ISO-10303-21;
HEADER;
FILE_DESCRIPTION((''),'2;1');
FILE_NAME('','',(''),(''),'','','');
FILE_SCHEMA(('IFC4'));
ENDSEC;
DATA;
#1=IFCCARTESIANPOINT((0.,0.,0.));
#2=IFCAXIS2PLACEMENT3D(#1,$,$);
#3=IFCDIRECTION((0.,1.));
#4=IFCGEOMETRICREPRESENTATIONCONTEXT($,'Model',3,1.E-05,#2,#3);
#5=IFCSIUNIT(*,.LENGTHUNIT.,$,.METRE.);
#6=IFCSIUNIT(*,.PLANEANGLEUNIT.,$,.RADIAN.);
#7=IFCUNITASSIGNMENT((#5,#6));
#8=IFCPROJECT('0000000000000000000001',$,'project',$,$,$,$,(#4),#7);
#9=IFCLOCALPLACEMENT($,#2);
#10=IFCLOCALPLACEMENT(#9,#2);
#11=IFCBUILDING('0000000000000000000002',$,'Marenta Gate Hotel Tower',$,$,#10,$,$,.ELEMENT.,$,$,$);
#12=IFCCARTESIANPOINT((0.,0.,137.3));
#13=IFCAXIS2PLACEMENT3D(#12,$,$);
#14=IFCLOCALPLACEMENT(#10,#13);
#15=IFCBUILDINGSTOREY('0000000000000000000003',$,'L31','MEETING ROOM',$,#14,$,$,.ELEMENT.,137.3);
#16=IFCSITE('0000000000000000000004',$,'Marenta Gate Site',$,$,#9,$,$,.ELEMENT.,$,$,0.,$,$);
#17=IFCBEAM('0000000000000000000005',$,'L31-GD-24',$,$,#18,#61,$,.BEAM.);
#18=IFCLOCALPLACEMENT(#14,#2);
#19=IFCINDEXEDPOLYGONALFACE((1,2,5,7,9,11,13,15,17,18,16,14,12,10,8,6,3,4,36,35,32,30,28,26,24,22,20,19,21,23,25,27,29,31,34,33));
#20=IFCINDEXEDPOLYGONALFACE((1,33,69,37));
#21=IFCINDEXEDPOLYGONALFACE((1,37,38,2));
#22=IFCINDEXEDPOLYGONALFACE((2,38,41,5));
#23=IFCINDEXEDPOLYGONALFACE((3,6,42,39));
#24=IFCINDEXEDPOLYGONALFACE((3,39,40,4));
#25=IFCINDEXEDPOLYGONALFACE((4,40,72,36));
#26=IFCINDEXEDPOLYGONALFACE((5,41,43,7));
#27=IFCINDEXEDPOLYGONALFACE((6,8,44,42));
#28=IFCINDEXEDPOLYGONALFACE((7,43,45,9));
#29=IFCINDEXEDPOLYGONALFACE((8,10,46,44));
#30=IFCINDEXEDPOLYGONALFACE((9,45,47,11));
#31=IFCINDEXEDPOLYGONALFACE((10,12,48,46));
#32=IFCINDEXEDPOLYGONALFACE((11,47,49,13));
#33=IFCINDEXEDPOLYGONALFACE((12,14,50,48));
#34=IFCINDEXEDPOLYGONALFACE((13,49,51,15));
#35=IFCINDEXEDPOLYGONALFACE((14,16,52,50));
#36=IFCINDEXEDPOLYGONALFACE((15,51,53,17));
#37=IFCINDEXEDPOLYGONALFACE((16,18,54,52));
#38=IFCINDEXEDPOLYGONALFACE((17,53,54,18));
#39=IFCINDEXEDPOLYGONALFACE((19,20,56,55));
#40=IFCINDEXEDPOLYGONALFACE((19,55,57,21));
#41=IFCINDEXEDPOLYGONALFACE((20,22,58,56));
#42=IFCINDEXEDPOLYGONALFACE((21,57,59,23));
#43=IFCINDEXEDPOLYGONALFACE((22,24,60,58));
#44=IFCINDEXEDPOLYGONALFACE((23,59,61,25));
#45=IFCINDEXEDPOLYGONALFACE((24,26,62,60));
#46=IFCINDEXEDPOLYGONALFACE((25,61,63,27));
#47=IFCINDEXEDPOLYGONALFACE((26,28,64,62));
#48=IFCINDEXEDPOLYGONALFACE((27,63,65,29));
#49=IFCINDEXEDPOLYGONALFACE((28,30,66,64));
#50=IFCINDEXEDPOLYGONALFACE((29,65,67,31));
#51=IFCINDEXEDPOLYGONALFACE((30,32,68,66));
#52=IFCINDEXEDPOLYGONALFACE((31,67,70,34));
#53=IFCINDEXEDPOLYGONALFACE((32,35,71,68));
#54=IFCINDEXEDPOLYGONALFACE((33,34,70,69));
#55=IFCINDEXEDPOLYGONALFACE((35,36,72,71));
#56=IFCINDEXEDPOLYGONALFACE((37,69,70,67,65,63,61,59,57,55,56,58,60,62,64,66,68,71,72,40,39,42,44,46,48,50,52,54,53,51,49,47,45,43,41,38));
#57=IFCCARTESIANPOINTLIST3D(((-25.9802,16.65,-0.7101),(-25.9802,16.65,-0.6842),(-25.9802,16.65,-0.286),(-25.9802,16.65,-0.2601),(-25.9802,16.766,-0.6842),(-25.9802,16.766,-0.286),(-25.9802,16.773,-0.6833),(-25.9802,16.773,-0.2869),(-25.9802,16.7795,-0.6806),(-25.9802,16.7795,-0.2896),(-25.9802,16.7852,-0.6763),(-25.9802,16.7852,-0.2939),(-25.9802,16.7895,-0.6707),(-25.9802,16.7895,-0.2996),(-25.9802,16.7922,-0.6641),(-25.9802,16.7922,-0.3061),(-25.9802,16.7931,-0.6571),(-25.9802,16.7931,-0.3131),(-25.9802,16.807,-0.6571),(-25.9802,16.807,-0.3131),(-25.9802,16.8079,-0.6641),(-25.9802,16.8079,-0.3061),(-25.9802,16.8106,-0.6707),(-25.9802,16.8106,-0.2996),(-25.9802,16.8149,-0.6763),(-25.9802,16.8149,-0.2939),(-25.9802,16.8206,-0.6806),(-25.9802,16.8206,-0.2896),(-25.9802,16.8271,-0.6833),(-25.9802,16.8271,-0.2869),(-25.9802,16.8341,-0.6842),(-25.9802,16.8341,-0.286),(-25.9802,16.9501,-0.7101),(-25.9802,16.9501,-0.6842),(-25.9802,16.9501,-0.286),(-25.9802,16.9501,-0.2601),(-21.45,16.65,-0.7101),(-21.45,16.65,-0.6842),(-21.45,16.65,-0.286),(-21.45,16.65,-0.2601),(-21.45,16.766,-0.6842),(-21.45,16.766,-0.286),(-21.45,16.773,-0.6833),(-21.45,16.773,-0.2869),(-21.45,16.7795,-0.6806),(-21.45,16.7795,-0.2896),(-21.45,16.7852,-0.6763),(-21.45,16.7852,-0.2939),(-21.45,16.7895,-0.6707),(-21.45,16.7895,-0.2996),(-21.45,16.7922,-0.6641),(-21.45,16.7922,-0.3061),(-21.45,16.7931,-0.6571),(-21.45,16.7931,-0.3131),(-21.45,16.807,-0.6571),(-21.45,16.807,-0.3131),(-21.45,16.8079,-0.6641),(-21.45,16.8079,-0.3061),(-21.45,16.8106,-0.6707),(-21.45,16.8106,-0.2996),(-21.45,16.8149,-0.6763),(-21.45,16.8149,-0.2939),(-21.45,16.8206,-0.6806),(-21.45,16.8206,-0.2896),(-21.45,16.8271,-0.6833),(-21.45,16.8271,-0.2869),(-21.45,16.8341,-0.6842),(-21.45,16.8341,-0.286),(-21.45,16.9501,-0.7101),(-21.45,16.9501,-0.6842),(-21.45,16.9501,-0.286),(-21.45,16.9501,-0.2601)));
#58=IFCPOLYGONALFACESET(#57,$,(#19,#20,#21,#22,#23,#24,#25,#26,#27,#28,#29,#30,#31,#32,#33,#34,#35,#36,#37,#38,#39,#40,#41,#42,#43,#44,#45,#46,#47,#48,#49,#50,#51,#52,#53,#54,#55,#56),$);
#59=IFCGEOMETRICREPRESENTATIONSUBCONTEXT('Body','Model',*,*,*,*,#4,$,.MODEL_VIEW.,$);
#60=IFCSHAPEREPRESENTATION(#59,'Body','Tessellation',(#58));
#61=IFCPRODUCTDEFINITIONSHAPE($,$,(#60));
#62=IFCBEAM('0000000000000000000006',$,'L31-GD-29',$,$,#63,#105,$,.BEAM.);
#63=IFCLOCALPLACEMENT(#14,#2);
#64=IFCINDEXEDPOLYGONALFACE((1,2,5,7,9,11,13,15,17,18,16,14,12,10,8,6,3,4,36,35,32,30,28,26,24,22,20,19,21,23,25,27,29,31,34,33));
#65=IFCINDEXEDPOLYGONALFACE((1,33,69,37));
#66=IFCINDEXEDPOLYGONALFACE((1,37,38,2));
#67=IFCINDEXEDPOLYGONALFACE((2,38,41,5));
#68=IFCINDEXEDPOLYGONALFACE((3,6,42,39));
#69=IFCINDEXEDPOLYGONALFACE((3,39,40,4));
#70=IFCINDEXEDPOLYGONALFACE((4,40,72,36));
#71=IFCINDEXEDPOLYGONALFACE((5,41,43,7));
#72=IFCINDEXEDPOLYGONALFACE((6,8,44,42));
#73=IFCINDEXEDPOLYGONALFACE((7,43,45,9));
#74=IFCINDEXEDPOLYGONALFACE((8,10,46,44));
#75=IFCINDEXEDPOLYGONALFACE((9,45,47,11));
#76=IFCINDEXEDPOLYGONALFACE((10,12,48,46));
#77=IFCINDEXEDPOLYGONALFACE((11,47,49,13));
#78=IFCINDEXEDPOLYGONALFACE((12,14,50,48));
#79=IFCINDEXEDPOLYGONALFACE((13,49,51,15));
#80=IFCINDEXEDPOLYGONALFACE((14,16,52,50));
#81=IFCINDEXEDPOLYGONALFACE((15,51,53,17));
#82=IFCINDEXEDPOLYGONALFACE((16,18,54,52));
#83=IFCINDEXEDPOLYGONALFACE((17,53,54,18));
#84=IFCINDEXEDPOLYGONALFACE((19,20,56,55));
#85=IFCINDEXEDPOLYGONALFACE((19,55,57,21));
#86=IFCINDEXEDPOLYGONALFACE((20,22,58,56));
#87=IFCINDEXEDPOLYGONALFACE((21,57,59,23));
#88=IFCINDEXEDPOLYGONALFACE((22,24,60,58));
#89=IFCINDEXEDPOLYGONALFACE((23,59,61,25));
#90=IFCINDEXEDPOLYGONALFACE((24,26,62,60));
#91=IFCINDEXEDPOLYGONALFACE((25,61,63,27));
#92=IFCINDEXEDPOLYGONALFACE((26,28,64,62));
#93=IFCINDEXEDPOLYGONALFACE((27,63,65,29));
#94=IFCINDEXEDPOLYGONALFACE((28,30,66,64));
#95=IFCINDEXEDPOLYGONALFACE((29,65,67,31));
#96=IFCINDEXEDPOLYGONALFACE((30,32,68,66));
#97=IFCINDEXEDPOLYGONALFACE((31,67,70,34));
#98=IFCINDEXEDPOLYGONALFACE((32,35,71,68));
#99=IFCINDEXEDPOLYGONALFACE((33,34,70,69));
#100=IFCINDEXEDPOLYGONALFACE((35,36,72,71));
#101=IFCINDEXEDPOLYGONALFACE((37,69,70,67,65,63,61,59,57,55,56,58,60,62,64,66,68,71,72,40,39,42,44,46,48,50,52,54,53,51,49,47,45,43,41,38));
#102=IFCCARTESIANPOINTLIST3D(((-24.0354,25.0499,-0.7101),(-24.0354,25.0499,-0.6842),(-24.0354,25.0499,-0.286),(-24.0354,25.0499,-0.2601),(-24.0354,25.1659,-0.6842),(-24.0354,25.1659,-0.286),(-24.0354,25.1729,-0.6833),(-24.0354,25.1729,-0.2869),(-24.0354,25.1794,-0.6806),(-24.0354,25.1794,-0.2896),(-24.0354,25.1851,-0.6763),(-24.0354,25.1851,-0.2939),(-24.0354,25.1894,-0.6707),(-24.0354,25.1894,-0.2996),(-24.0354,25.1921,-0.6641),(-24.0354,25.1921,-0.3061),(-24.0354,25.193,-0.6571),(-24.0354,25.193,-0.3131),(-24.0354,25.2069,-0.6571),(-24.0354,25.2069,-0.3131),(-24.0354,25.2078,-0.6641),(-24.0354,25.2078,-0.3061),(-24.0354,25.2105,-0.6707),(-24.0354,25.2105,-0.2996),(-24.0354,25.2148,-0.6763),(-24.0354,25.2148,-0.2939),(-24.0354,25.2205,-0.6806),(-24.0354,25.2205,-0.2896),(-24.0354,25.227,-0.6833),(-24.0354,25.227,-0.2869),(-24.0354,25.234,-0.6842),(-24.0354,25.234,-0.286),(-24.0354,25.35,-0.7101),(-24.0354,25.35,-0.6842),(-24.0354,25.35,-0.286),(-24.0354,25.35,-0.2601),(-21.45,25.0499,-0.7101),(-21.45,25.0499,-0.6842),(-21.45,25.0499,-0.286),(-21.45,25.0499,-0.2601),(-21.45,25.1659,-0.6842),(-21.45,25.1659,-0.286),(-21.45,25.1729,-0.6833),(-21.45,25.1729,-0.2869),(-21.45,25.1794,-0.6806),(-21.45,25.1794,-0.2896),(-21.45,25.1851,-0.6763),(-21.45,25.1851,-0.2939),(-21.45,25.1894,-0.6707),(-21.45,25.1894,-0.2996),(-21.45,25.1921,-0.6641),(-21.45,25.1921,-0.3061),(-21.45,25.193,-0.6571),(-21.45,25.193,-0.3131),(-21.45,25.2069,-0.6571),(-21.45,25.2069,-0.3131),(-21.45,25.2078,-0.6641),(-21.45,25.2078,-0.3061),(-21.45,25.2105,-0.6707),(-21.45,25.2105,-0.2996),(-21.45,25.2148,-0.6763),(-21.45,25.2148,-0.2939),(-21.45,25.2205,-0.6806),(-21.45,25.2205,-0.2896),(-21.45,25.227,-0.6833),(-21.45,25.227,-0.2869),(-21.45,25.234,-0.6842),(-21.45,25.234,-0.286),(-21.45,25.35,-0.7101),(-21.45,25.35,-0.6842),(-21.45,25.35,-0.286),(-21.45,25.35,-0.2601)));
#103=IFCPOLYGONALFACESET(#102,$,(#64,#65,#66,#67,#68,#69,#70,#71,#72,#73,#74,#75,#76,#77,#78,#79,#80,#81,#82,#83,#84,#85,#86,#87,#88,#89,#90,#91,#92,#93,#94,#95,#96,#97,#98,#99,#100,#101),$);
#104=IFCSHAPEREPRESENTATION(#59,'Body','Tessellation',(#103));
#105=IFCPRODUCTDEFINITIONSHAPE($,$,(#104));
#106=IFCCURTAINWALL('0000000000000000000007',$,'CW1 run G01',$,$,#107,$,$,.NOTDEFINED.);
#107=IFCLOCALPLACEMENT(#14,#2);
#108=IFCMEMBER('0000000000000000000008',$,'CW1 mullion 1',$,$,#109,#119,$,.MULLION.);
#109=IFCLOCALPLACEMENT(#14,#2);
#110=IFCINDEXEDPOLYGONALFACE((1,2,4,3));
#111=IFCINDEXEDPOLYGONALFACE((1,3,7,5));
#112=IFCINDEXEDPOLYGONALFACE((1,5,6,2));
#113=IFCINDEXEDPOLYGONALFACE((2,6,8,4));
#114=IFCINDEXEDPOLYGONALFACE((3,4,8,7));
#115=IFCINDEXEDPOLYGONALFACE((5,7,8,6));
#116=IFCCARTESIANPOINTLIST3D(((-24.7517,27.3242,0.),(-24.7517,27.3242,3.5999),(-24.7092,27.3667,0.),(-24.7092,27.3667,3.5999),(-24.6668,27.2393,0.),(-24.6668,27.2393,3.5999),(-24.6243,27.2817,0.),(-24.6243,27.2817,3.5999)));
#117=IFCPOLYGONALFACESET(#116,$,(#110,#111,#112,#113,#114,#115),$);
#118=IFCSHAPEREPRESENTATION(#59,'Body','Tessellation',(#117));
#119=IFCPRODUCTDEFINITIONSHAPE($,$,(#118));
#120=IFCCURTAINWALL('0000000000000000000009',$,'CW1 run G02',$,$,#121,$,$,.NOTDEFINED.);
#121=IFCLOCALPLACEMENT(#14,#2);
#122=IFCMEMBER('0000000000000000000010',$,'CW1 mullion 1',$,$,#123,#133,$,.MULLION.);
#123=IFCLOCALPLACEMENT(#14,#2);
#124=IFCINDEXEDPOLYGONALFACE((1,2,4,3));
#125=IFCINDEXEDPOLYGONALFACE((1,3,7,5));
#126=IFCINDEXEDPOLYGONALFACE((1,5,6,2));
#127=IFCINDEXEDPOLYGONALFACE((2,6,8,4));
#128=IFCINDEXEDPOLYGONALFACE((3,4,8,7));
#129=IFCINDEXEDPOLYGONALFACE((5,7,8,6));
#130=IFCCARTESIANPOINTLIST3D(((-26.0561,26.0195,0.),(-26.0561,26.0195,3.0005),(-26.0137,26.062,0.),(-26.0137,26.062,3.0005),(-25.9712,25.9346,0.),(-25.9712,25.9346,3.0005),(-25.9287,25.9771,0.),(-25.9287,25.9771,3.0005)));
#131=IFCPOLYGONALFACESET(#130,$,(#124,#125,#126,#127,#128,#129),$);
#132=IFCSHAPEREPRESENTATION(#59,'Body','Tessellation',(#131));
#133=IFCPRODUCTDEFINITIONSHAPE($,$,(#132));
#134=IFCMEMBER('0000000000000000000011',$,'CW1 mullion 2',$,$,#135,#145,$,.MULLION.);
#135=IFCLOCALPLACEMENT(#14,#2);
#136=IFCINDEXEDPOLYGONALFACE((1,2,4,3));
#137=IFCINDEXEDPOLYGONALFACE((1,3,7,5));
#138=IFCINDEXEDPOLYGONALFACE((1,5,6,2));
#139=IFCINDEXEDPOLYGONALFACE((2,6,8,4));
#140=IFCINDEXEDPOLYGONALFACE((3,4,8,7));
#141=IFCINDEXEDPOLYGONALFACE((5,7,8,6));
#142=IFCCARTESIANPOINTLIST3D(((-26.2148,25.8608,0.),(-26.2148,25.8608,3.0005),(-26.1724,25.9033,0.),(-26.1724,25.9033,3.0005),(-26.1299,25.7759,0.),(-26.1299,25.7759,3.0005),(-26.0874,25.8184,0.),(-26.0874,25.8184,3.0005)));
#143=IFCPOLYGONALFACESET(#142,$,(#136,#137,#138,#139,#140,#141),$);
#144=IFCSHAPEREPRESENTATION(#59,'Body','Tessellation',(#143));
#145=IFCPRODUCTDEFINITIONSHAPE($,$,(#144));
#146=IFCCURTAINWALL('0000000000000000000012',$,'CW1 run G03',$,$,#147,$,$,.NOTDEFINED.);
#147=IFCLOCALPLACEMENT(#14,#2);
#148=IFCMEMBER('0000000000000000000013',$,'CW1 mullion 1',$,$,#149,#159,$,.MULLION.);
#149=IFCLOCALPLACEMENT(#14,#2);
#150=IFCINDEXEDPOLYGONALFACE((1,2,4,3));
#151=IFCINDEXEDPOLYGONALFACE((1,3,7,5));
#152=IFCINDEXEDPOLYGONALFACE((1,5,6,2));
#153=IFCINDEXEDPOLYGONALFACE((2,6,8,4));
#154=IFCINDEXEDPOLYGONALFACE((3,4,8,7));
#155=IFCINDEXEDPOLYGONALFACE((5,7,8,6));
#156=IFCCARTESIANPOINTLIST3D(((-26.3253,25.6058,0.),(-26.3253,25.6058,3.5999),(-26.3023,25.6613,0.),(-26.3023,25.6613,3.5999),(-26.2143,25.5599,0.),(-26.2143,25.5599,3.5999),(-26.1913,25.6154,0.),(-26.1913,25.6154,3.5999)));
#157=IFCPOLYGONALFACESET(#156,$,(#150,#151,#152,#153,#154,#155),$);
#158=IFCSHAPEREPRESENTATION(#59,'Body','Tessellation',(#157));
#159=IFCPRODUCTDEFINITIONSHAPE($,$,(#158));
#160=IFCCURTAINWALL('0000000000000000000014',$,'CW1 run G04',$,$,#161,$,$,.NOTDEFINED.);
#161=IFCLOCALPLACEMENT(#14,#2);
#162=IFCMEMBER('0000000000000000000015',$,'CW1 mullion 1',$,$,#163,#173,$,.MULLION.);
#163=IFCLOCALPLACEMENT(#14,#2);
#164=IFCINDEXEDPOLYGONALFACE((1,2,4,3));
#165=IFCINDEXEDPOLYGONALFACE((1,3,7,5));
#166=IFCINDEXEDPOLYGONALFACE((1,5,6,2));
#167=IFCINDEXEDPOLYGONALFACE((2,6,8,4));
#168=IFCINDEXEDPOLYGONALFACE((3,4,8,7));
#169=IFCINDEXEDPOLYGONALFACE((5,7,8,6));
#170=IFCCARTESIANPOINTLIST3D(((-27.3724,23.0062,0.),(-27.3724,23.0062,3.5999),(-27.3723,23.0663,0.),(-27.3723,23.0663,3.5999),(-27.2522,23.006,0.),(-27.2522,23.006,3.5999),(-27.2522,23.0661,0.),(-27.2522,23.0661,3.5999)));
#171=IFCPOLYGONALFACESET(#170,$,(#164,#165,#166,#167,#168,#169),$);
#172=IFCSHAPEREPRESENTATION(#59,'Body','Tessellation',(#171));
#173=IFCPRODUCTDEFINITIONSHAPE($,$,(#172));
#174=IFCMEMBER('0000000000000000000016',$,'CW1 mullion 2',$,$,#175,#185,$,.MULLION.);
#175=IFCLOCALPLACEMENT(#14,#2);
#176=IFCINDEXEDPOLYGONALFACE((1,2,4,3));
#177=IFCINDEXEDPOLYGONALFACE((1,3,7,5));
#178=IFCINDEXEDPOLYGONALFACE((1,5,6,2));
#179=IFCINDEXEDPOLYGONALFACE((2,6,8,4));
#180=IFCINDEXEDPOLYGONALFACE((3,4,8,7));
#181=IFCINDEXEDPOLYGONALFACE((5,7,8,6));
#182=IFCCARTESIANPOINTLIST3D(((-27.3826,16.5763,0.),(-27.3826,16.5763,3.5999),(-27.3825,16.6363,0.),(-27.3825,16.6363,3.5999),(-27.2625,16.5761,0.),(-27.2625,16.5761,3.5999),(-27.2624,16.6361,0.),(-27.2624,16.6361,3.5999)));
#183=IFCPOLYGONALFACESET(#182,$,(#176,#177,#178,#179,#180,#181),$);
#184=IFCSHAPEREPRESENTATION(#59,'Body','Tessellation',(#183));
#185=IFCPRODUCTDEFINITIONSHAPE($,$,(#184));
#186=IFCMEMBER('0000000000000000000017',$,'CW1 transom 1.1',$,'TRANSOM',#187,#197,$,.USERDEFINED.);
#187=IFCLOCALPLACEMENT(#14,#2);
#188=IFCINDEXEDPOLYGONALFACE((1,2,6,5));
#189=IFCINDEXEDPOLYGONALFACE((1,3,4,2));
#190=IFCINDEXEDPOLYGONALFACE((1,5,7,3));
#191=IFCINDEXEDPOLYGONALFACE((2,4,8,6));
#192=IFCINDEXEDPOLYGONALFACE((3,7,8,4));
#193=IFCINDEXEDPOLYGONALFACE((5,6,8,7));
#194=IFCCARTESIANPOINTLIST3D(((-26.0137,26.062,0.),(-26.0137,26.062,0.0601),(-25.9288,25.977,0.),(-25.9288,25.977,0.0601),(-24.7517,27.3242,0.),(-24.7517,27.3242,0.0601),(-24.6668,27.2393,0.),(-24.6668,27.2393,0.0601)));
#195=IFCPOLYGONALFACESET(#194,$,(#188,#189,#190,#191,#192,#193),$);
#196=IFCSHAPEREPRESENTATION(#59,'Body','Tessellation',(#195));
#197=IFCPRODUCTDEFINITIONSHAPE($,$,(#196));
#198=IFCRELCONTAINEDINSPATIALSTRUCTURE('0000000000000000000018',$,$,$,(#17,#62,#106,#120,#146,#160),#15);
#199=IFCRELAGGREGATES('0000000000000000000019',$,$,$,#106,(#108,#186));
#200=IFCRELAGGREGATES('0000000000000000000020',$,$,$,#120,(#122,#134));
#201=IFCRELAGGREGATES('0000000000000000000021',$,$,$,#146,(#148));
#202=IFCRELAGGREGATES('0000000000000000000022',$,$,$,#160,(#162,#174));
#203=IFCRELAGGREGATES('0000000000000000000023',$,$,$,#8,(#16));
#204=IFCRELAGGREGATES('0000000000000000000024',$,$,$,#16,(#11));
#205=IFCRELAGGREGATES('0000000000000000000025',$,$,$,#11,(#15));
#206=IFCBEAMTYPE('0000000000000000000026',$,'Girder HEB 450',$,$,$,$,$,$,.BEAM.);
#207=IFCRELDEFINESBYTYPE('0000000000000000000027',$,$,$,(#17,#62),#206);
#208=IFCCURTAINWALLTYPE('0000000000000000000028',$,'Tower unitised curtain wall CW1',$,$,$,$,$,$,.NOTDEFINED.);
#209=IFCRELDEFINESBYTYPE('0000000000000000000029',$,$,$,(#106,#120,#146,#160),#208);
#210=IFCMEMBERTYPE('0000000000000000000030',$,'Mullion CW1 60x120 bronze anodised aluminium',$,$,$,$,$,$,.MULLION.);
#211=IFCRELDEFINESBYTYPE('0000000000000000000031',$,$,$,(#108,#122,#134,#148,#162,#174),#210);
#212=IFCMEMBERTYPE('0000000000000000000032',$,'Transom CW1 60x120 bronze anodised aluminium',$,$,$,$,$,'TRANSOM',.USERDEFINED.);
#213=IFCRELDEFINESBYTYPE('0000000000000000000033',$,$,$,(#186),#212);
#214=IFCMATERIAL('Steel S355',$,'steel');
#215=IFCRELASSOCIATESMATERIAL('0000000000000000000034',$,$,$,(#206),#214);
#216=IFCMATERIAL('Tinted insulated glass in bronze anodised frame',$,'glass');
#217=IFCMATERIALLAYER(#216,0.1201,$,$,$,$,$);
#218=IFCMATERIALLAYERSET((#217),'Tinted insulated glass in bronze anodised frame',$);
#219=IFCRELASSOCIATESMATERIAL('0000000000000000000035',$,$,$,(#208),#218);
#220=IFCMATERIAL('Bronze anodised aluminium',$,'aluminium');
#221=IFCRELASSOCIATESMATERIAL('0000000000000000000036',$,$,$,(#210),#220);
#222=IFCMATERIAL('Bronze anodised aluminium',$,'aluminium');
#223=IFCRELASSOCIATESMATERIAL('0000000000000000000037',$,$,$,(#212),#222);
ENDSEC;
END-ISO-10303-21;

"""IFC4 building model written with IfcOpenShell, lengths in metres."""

from ifc_helpers import new_model, si_unit, direction, frame, origin, origin_2d, place, context, subcontext, project, spatial, rectangle, i_section, extrude, material, layer, layer_set, material_profile, profile_set, type_object, element, aggregate, save


model = new_model("IFC4")

# Units and contexts
model_context = context("Model", 3, precision=1e-05, world=origin(), true_north=direction((0.0, 1.0)))
body_context = subcontext(model_context, "Body", "Model", "MODEL_VIEW")
ifc_project = project(units=[si_unit("LENGTHUNIT", "METRE"), si_unit("PLANEANGLEUNIT", "RADIAN")], contexts=[model_context])

# Site, building, storey
site_placement = place(None, origin())
site = spatial("IfcSite", under=ifc_project, at=site_placement, Name="Marenta Gate Site", CompositionType="ELEMENT", RefElevation=0.0)
building_placement = place(site_placement, origin())
building = spatial("IfcBuilding", under=site, at=building_placement, Name="Marenta Gate Hotel Tower", CompositionType="ELEMENT")
storey_placement = place(building_placement, frame((0.0, 0.0, 137.3)))
storey = spatial("IfcBuildingStorey", under=building, at=storey_placement, Name="L31", Description="MEETING ROOM", CompositionType="ELEMENT", Elevation=137.3)

# Beams
ifc_material_1 = material(Name="Steel S355", Category="steel")
ifc_material_profile_1 = material_profile(ifc_material_1, i_section(OverallWidth=0.3, OverallDepth=0.45, WebThickness=0.0139, FlangeThickness=0.0259, FilletRadius=0.0271, at=origin_2d()), Name="HEB 450")
ifc_profile_set_1 = profile_set([ifc_material_profile_1], Name="Steel S355")
beam_type_1 = type_object("IfcBeamType", Name="Girder HEB 450", PredefinedType="BEAM", material=ifc_profile_set_1)
beam_1_placement = place(storey_placement, frame((-25.9802, 16.8, -0.4851), z_axis=(1.0, 0.0, 0.0), x_axis=(0.0, 1.0, 0.0)))
element("IfcBeam", 1, at=beam_1_placement, inside=storey, type_object=beam_type_1, Name="L31-GD-24", PredefinedType="BEAM", context=body_context, shape_type="SweptSolid", body=[
    extrude(i_section(OverallWidth=0.3, OverallDepth=0.45, WebThickness=0.0139, FlangeThickness=0.0259, FilletRadius=0.0271, at=origin_2d()), origin(), (0.0, 0.0, 1.0), 4.5303),
])
beam_2_placement = place(storey_placement, frame((-24.0354, 25.2, -0.4851), z_axis=(1.0, 0.0, 0.0), x_axis=(0.0, 1.0, 0.0)))
element("IfcBeam", 2, at=beam_2_placement, inside=storey, type_object=beam_type_1, Name="L31-GD-29", PredefinedType="BEAM", context=body_context, shape_type="SweptSolid", body=[
    extrude(i_section(OverallWidth=0.3, OverallDepth=0.45, WebThickness=0.0139, FlangeThickness=0.0259, FilletRadius=0.0271, at=origin_2d()), origin(), (0.0, 0.0, 1.0), 2.5854),
])

# Curtain wall, member
ifc_material_2 = material(Name="Tinted insulated glass in bronze anodised frame", Category="glass")
ifc_layer_1 = layer(ifc_material_2, 0.1201)
ifc_layer_set_1 = layer_set([ifc_layer_1], Name="Tinted insulated glass in bronze anodised frame")
curtain_wall_type = type_object("IfcCurtainWallType", Name="Tower unitised curtain wall CW1", PredefinedType="NOTDEFINED", material=ifc_layer_set_1)
curtain_wall_1_placement = place(storey_placement, origin())
curtain_wall_1 = element("IfcCurtainWall", 3, at=curtain_wall_1_placement, inside=storey, type_object=curtain_wall_type, Name="CW1 run G01", PredefinedType="NOTDEFINED")
ifc_material_3 = material(Name="Bronze anodised aluminium", Category="aluminium")
ifc_material_profile_2 = material_profile(ifc_material_3, rectangle(XDim=0.1201, YDim=0.0601, at=origin_2d()), Name="Mullion CW1 60x120 bronze anodised aluminium")
ifc_profile_set_2 = profile_set([ifc_material_profile_2], Name="Bronze anodised aluminium")
member_type_1 = type_object("IfcMemberType", Name="Mullion CW1 60x120 bronze anodised aluminium", PredefinedType="MULLION", material=ifc_profile_set_2)
member_1_placement = place(storey_placement, frame((-24.688, 27.303, 0.0), z_axis=(0.0, 0.0, 1.0), x_axis=(0.707107, -0.707107, 0.0)))
member_1 = element("IfcMember", 4, at=member_1_placement, type_object=member_type_1, Name="CW1 mullion 1", PredefinedType="MULLION", context=body_context, shape_type="SweptSolid", body=[
    extrude(rectangle(XDim=0.1201, YDim=0.0601, at=origin_2d()), origin(), (0.0, 0.0, 1.0), 3.5999),
])

# Curtain wall, members
curtain_wall_2_placement = place(storey_placement, origin())
curtain_wall_2 = element("IfcCurtainWall", 5, at=curtain_wall_2_placement, inside=storey, type_object=curtain_wall_type, Name="CW1 run G02", PredefinedType="NOTDEFINED")
member_2_placement = place(storey_placement, frame((-25.9924, 25.9983, 0.0), z_axis=(0.0, 0.0, 1.0), x_axis=(0.707107, -0.707107, 0.0)))
member_2 = element("IfcMember", 6, at=member_2_placement, type_object=member_type_1, Name="CW1 mullion 1", PredefinedType="MULLION", context=body_context, shape_type="SweptSolid", body=[
    extrude(rectangle(XDim=0.1201, YDim=0.0601, at=origin_2d()), origin(), (0.0, 0.0, 1.0), 3.0005),
])
member_3_placement = place(storey_placement, frame((-26.1511, 25.8396, 0.0), z_axis=(0.0, 0.0, 1.0), x_axis=(0.707107, -0.707107, 0.0)))
member_3 = element("IfcMember", 7, at=member_3_placement, type_object=member_type_1, Name="CW1 mullion 2", PredefinedType="MULLION", context=body_context, shape_type="SweptSolid", body=[
    extrude(rectangle(XDim=0.1201, YDim=0.0601, at=origin_2d()), origin(), (0.0, 0.0, 1.0), 3.0005),
])

# Curtain wall, member
curtain_wall_3_placement = place(storey_placement, origin())
curtain_wall_3 = element("IfcCurtainWall", 8, at=curtain_wall_3_placement, inside=storey, type_object=curtain_wall_type, Name="CW1 run G03", PredefinedType="NOTDEFINED")
member_4_placement = place(storey_placement, frame((-26.2583, 25.6106, 0.0), z_axis=(0.0, 0.0, 1.0), x_axis=(0.923879, -0.382684, 0.0)))
member_4 = element("IfcMember", 9, at=member_4_placement, type_object=member_type_1, Name="CW1 mullion 1", PredefinedType="MULLION", context=body_context, shape_type="SweptSolid", body=[
    extrude(rectangle(XDim=0.1201, YDim=0.0601, at=origin_2d()), origin(), (0.0, 0.0, 1.0), 3.5999),
])

# Curtain wall, members
curtain_wall_4_placement = place(storey_placement, origin())
curtain_wall_4 = element("IfcCurtainWall", 10, at=curtain_wall_4_placement, inside=storey, type_object=curtain_wall_type, Name="CW1 run G04", PredefinedType="NOTDEFINED")
member_5_placement = place(storey_placement, frame((-27.3123, 23.0361, 0.0), z_axis=(0.0, 0.0, 1.0), x_axis=(0.999999, -0.001566, 0.0)))
member_5 = element("IfcMember", 11, at=member_5_placement, type_object=member_type_1, Name="CW1 mullion 1", PredefinedType="MULLION", context=body_context, shape_type="SweptSolid", body=[
    extrude(rectangle(XDim=0.1201, YDim=0.0601, at=origin_2d()), origin(), (0.0, 0.0, 1.0), 3.5999),
])
member_6_placement = place(storey_placement, frame((-27.3225, 16.6062, 0.0), z_axis=(0.0, 0.0, 1.0), x_axis=(0.999999, -0.001566, 0.0)))
member_6 = element("IfcMember", 12, at=member_6_placement, type_object=member_type_1, Name="CW1 mullion 2", PredefinedType="MULLION", context=body_context, shape_type="SweptSolid", body=[
    extrude(rectangle(XDim=0.1201, YDim=0.0601, at=origin_2d()), origin(), (0.0, 0.0, 1.0), 3.5999),
])

# Member
ifc_material_4 = material(Name="Bronze anodised aluminium", Category="aluminium")
ifc_material_profile_3 = material_profile(ifc_material_4, rectangle(XDim=0.1201, YDim=0.0601, at=origin_2d()), Name="Transom CW1 60x120 bronze anodised aluminium")
ifc_profile_set_3 = profile_set([ifc_material_profile_3], Name="Bronze anodised aluminium")
member_type_2 = type_object("IfcMemberType", Name="Transom CW1 60x120 bronze anodised aluminium", ElementType="TRANSOM", PredefinedType="USERDEFINED", material=ifc_profile_set_3)
member_7_placement = place(storey_placement, frame((-24.7092, 27.2817, 0.03), z_axis=(-0.707038, -0.707175, 0.0), x_axis=(0.707175, -0.707038, 0.0)))
member_7 = element("IfcMember", 13, at=member_7_placement, type_object=member_type_2, Name="CW1 transom 1.1", ObjectType="TRANSOM", PredefinedType="USERDEFINED", context=body_context, shape_type="SweptSolid", body=[
    extrude(rectangle(XDim=0.1201, YDim=0.0601, at=origin_2d()), origin(), (0.0, 0.0, 1.0), 1.7849),
])

aggregate(curtain_wall_1, [member_1, member_7])
aggregate(curtain_wall_2, [member_2, member_3])
aggregate(curtain_wall_3, [member_4])
aggregate(curtain_wall_4, [member_5, member_6])

save(model, "model.ifc")
